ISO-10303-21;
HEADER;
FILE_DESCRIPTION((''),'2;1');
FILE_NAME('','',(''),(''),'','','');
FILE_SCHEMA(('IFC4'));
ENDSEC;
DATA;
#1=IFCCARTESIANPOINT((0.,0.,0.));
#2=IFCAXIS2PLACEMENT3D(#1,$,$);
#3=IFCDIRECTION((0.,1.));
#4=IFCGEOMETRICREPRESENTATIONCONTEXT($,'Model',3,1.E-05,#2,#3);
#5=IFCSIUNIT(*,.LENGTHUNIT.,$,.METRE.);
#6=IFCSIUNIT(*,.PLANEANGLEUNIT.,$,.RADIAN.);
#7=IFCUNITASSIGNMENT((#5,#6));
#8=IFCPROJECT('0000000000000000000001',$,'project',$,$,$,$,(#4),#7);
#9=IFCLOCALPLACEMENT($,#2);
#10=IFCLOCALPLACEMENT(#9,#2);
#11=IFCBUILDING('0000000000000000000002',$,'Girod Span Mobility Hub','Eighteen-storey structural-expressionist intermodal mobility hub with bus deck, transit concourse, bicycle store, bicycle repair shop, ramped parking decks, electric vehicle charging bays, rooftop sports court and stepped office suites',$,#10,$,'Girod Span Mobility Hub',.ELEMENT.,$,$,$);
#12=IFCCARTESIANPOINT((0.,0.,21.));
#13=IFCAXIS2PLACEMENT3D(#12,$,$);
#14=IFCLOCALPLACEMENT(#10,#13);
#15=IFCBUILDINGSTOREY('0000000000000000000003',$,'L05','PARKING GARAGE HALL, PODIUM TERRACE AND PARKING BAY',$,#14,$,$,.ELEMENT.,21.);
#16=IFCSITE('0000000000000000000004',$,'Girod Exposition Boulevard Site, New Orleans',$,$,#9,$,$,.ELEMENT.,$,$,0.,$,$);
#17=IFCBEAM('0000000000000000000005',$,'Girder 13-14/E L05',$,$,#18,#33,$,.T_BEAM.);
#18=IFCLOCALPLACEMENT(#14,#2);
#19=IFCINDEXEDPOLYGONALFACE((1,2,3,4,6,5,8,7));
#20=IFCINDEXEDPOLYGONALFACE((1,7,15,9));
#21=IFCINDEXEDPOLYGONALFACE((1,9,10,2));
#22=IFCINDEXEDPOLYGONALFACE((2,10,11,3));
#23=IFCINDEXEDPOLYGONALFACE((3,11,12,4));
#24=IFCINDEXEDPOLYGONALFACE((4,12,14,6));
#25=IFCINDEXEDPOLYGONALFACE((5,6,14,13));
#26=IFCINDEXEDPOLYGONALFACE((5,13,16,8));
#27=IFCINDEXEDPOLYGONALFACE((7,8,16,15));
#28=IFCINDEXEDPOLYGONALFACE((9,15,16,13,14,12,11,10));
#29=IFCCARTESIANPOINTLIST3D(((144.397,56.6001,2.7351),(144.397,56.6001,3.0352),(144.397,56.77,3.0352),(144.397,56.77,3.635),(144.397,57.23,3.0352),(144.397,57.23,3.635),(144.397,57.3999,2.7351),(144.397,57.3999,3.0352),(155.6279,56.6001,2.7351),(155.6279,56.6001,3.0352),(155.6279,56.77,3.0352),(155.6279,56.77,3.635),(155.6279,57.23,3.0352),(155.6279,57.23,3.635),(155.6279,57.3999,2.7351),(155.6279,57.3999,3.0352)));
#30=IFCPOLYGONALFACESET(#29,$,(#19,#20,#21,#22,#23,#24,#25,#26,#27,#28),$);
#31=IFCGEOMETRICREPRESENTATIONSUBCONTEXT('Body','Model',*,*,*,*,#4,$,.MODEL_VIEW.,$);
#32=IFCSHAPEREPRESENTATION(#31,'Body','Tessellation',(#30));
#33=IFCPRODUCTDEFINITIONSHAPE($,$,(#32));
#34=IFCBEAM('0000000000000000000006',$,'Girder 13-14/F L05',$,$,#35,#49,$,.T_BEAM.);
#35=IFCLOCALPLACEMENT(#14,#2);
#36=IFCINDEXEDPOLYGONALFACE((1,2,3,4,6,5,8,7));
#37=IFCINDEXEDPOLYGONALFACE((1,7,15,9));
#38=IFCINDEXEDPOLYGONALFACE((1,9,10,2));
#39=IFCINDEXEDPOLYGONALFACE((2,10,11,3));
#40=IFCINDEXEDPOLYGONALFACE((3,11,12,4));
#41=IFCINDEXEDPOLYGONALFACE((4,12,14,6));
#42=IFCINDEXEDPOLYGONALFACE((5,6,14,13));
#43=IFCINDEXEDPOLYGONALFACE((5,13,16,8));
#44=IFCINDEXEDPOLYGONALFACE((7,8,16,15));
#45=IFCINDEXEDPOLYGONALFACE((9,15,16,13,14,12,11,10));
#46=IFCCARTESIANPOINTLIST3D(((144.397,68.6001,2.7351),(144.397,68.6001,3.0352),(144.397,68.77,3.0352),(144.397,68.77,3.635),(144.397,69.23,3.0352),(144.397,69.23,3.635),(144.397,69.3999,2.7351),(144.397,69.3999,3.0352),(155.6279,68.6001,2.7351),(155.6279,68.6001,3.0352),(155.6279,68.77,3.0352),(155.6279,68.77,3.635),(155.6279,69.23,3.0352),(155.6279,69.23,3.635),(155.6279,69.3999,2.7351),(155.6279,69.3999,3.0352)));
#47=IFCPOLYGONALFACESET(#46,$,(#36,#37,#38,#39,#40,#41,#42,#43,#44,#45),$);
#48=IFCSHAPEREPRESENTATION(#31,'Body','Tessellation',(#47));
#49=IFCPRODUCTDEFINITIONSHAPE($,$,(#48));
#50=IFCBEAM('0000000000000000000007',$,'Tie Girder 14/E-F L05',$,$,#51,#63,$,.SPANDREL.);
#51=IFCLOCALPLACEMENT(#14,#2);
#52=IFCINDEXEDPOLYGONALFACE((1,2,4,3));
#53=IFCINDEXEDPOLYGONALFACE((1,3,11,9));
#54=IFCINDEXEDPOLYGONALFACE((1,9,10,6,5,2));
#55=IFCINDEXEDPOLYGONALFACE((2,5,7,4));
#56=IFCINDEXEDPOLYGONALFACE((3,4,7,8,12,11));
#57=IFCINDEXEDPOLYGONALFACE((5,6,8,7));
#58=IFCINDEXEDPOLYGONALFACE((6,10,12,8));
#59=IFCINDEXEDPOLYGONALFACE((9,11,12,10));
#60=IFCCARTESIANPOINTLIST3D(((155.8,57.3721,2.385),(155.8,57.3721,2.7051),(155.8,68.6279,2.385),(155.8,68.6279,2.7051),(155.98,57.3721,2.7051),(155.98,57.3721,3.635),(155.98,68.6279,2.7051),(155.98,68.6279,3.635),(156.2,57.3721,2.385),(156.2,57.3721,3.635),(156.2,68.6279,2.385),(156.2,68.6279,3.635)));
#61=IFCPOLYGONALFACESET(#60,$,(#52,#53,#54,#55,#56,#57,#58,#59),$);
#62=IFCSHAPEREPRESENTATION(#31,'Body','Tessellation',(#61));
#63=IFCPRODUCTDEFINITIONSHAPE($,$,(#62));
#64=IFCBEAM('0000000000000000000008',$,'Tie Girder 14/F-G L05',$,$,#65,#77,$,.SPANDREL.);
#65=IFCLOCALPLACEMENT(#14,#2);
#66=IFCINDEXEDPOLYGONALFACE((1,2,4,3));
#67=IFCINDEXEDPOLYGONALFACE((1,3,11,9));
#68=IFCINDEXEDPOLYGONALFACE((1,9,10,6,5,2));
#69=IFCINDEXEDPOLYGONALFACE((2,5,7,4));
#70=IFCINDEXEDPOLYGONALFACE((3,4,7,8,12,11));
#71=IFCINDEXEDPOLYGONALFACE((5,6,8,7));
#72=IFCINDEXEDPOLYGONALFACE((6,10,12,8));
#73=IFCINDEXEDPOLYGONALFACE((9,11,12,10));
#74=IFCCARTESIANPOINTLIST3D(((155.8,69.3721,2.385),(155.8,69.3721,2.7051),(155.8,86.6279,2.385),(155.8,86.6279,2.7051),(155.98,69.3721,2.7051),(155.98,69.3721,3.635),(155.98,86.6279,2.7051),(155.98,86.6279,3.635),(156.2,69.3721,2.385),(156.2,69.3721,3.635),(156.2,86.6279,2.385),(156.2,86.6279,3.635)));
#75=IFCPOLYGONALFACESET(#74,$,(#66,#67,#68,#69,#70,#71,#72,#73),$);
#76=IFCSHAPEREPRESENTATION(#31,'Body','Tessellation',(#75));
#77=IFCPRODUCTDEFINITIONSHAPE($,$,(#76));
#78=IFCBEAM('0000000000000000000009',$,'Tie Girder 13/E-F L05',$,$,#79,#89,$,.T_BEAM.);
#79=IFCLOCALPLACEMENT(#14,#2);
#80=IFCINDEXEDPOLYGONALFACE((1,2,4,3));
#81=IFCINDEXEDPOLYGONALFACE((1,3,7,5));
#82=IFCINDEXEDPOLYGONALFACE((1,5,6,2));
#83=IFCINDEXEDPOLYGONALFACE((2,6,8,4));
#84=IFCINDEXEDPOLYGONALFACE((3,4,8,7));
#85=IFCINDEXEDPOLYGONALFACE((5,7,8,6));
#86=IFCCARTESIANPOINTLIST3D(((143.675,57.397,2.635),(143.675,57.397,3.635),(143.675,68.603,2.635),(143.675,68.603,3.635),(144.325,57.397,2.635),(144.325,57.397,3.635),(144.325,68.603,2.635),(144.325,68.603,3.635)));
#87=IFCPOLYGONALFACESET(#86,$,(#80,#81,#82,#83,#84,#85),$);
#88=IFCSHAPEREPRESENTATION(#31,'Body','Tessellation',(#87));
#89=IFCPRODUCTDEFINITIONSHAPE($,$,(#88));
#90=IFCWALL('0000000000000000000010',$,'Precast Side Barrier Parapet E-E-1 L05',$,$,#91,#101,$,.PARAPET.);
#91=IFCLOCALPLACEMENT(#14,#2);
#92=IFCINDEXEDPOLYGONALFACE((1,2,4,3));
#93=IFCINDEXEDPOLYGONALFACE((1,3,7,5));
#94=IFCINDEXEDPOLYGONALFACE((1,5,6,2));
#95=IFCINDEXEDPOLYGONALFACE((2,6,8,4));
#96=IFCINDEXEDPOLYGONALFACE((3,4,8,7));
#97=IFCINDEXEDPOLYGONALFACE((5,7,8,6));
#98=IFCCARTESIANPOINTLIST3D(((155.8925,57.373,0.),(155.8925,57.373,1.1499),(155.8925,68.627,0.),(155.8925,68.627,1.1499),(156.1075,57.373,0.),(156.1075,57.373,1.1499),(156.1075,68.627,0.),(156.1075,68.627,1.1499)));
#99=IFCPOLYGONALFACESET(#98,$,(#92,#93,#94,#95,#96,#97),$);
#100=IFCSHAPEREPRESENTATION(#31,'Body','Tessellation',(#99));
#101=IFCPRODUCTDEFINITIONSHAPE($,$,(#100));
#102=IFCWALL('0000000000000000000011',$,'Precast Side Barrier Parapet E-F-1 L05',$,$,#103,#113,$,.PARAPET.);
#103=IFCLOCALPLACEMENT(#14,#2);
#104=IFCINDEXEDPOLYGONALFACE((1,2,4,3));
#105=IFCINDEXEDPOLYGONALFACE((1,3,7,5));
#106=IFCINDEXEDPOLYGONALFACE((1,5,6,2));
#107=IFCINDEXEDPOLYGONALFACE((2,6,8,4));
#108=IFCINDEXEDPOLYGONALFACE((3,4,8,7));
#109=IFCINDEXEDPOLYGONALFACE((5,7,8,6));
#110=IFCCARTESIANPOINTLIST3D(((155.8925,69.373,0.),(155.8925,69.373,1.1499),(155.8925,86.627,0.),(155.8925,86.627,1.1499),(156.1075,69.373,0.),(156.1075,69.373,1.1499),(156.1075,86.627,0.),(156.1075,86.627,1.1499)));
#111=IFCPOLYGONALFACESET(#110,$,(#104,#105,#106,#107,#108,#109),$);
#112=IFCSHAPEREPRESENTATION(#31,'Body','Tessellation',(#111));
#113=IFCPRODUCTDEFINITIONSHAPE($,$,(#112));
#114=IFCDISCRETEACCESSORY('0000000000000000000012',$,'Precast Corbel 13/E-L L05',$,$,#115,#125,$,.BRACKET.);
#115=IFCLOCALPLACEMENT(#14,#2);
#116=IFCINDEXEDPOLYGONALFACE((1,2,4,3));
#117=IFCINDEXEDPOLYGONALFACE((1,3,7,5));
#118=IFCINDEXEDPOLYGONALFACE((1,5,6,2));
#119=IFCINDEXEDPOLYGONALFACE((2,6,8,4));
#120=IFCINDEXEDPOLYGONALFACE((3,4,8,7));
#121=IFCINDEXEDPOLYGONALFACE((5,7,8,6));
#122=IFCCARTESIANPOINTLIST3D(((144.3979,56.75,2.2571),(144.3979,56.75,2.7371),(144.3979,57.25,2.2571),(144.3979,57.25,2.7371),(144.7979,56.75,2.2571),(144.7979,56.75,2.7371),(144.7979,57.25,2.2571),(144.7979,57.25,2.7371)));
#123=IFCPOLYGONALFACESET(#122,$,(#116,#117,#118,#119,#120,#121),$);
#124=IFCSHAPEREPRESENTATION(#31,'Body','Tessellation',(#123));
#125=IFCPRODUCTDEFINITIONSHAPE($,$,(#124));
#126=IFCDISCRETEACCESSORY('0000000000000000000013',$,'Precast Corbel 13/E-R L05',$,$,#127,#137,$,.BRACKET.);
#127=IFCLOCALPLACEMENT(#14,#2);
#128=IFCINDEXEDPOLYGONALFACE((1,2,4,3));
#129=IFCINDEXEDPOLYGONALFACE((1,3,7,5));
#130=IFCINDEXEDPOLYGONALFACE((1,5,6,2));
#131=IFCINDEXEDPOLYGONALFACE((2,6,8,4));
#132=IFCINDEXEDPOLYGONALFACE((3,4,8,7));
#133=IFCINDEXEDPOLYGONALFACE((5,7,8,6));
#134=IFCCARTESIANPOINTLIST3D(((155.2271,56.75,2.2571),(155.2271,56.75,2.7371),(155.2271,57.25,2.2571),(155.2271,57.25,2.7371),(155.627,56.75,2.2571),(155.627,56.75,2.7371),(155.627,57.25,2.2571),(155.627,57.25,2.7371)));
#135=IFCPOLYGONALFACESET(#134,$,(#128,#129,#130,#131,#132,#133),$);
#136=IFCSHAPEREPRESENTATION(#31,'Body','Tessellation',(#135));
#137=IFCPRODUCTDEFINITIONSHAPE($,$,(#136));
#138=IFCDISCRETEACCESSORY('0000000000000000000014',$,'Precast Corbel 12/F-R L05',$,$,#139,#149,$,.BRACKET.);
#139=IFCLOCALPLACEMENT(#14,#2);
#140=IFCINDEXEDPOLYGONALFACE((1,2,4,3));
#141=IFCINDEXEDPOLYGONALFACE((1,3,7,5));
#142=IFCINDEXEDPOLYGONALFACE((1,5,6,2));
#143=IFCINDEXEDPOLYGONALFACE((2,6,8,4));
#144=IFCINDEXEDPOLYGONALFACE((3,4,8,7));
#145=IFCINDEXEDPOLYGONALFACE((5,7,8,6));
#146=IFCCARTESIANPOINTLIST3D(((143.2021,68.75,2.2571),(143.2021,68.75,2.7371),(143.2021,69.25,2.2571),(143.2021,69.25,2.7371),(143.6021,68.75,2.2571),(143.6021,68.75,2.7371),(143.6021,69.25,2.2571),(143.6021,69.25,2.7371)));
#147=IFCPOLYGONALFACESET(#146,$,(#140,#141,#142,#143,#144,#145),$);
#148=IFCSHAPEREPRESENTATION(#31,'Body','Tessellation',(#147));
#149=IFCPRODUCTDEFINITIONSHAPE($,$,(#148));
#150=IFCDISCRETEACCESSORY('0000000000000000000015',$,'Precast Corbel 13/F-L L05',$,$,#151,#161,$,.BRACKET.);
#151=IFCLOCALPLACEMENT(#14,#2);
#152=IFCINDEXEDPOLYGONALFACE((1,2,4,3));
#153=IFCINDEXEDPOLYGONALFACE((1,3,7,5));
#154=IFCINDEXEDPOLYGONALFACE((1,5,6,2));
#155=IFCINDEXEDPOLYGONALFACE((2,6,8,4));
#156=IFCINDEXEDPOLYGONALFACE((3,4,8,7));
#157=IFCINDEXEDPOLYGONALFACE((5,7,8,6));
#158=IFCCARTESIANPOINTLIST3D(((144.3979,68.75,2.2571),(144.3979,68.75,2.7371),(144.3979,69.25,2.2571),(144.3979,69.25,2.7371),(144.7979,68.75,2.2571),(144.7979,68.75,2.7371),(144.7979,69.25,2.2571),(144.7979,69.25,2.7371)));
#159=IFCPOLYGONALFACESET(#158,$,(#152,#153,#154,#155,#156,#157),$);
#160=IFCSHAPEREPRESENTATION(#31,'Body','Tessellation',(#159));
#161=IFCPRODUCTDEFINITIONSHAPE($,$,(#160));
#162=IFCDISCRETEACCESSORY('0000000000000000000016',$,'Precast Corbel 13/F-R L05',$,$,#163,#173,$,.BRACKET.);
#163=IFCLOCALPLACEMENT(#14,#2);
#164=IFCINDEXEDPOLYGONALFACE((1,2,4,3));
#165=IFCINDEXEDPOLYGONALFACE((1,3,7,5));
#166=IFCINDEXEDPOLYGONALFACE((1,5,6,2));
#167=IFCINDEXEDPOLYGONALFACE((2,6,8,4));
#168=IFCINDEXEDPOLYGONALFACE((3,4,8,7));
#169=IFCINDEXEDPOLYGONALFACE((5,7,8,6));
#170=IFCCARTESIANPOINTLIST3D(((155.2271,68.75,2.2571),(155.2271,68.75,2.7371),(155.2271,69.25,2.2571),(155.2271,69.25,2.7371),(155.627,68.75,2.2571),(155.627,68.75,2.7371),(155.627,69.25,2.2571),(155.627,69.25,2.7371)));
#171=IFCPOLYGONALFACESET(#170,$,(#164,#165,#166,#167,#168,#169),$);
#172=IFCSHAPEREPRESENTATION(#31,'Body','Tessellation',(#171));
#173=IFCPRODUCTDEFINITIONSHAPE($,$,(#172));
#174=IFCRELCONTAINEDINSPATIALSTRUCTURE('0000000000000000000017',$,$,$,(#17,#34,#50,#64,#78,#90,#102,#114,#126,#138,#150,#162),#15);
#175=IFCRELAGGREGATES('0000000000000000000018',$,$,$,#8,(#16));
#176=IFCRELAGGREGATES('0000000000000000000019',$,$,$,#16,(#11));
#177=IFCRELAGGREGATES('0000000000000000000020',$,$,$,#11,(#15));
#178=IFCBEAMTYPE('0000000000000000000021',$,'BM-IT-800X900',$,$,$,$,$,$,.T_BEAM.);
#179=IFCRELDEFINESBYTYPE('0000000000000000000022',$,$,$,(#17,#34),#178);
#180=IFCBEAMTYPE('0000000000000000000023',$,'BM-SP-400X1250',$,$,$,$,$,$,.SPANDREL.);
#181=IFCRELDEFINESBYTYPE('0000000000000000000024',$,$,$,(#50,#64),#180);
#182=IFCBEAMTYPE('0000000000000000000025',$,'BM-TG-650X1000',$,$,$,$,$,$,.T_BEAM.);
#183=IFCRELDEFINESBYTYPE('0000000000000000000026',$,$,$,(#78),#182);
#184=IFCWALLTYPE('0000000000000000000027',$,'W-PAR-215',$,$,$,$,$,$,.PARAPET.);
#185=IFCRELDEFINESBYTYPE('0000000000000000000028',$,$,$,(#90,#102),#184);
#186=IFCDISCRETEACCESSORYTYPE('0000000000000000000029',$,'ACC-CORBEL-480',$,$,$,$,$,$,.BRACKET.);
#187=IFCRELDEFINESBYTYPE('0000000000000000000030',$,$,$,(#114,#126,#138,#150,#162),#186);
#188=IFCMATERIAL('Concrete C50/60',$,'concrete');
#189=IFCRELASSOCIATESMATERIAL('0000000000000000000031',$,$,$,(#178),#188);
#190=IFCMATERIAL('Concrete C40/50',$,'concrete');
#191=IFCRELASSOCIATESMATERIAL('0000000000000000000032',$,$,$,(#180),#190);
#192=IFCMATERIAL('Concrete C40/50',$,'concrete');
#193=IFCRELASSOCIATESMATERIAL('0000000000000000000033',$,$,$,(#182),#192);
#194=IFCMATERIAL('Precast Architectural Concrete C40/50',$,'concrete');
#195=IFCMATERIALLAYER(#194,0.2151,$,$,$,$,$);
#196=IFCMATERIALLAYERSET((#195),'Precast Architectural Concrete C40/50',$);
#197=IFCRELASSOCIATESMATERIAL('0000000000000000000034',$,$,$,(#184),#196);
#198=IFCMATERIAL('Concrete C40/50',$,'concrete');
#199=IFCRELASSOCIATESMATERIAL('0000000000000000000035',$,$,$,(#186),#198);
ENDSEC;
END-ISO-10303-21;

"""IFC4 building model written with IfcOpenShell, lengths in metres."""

from ifc_helpers import new_model, si_unit, direction, frame, frame_2d, origin, origin_2d, place, context, subcontext, project, spatial, polyline, rectangle, outline, extrude, material, layer, layer_set, material_profile, profile_set, type_object, element, save


model = new_model("IFC4")

# Units and contexts
model_context = context("Model", 3, precision=1e-05, world=origin(), true_north=direction((0.0, 1.0)))
body_context = subcontext(model_context, "Body", "Model", "MODEL_VIEW")
ifc_project = project(units=[si_unit("LENGTHUNIT", "METRE"), si_unit("PLANEANGLEUNIT", "RADIAN")], contexts=[model_context])

# Site, building, storey
site_placement = place(None, origin())
site = spatial("IfcSite", under=ifc_project, at=site_placement, Name="Girod Exposition Boulevard Site, New Orleans", CompositionType="ELEMENT", RefElevation=0.0)
building_placement = place(site_placement, origin())
building = spatial("IfcBuilding", under=site, at=building_placement, Name="Girod Span Mobility Hub", Description="Eighteen-storey structural-expressionist intermodal mobility hub with bus deck, transit concourse, bicycle store, bicycle repair shop, ramped parking decks, electric vehicle charging bays, rooftop sports court and stepped office suites", LongName="Girod Span Mobility Hub", CompositionType="ELEMENT")
storey_placement = place(building_placement, frame((0.0, 0.0, 21.0)))
storey = spatial("IfcBuildingStorey", under=building, at=storey_placement, Name="L05", Description="PARKING GARAGE HALL, PODIUM TERRACE AND PARKING BAY", CompositionType="ELEMENT", Elevation=21.0)

# Beams
ifc_material_1 = material(Name="Concrete C50/60", Category="concrete")
ifc_material_profile_1 = material_profile(ifc_material_1, outline(polyline([(-0.3999, -0.45), (0.3999, -0.45), (0.3999, -0.1499), (0.23, -0.1499), (0.23, 0.45), (-0.23, 0.45), (-0.23, -0.1499), (-0.3999, -0.1499), (-0.3999, -0.45)])), Name="IT-800X900")
ifc_profile_set_1 = profile_set([ifc_material_profile_1], Name="Concrete C50/60")
beam_type_1 = type_object("IfcBeamType", Name="BM-IT-800X900", PredefinedType="T_BEAM", material=ifc_profile_set_1)
for number, where, z_axis, x_axis, name in (
    (1, (144.397, 57.0, 3.1851), (1.0, 0.0, 0.0), (0.0, 1.0, 0.0), "Girder 13-14/E L05"),
    (2, (144.397, 69.0, 3.1851), (1.0, 0.0, 0.0), (0.0, 1.0, 0.0), "Girder 13-14/F L05"),
):
    element("IfcBeam", number, at=place(storey_placement, frame(where, z_axis=z_axis, x_axis=x_axis)), inside=storey, type_object=beam_type_1, Name=name, PredefinedType="T_BEAM", context=body_context, shape_type="SweptSolid", body=[
        extrude(outline(polyline([(-0.3999, -0.45), (0.3999, -0.45), (0.3999, -0.1499), (0.23, -0.1499), (0.23, 0.45), (-0.23, 0.45), (-0.23, -0.1499), (-0.3999, -0.1499), (-0.3999, -0.45)])), origin(), (0.0, 0.0, 1.0), 11.231),
    ])
ifc_material_2 = material(Name="Concrete C40/50", Category="concrete")
ifc_material_profile_2 = material_profile(ifc_material_2, outline(polyline([(-0.2, -0.625), (0.2, -0.625), (0.2, -0.3049), (0.02, -0.3049), (0.02, 0.625), (-0.2, 0.625), (-0.2, -0.625)])), Name="SP-400X1250")
ifc_profile_set_2 = profile_set([ifc_material_profile_2], Name="Concrete C40/50")
beam_type_2 = type_object("IfcBeamType", Name="BM-SP-400X1250", PredefinedType="SPANDREL", material=ifc_profile_set_2)
beam_1_placement = place(storey_placement, frame((156.0, 57.3721, 3.01), z_axis=(0.0, 1.0, 0.0), x_axis=(-1.0, 0.0, 0.0)))
element("IfcBeam", 3, at=beam_1_placement, inside=storey, type_object=beam_type_2, Name="Tie Girder 14/E-F L05", PredefinedType="SPANDREL", context=body_context, shape_type="SweptSolid", body=[
    extrude(outline(polyline([(-0.2, -0.625), (0.2, -0.625), (0.2, -0.3049), (0.02, -0.3049), (0.02, 0.625), (-0.2, 0.625), (-0.2, -0.625)])), origin(), (0.0, 0.0, 1.0), 11.2559),
])
beam_2_placement = place(storey_placement, frame((156.0, 69.3721, 3.01), z_axis=(0.0, 1.0, 0.0), x_axis=(-1.0, 0.0, 0.0)))
element("IfcBeam", 4, at=beam_2_placement, inside=storey, type_object=beam_type_2, Name="Tie Girder 14/F-G L05", PredefinedType="SPANDREL", context=body_context, shape_type="SweptSolid", body=[
    extrude(outline(polyline([(-0.2, -0.625), (0.2, -0.625), (0.2, -0.3049), (0.02, -0.3049), (0.02, 0.625), (-0.2, 0.625), (-0.2, -0.625)])), origin(), (0.0, 0.0, 1.0), 17.2559),
])
ifc_material_3 = material(Name="Concrete C40/50", Category="concrete")
ifc_material_profile_3 = material_profile(ifc_material_3, rectangle(XDim=0.6499, YDim=1.0, at=origin_2d()), Name="TG-650X1000")
ifc_profile_set_3 = profile_set([ifc_material_profile_3], Name="Concrete C40/50")
beam_type_3 = type_object("IfcBeamType", Name="BM-TG-650X1000", PredefinedType="T_BEAM", material=ifc_profile_set_3)
beam_3_placement = place(storey_placement, frame((144.0, 57.397, 3.135), z_axis=(0.0, 1.0, 0.0), x_axis=(-1.0, 0.0, 0.0)))
element("IfcBeam", 5, at=beam_3_placement, inside=storey, type_object=beam_type_3, Name="Tie Girder 13/E-F L05", PredefinedType="T_BEAM", context=body_context, shape_type="SweptSolid", body=[
    extrude(rectangle(XDim=0.6499, YDim=1.0, at=origin_2d()), origin(), (0.0, 0.0, 1.0), 11.2061),
])

# Walls
ifc_material_4 = material(Name="Precast Architectural Concrete C40/50", Category="concrete")
ifc_layer = layer(ifc_material_4, 0.2151)
ifc_layer_set = layer_set([ifc_layer], Name="Precast Architectural Concrete C40/50")
wall_type = type_object("IfcWallType", Name="W-PAR-215", PredefinedType="PARAPET", material=ifc_layer_set)
wall_1_placement = place(storey_placement, frame((156.0, 57.373, 0.0), z_axis=(0.0, 0.0, 1.0), x_axis=(0.0, 1.0, 0.0)))
element("IfcWall", 6, at=wall_1_placement, inside=storey, type_object=wall_type, Name="Precast Side Barrier Parapet E-E-1 L05", PredefinedType="PARAPET", context=body_context, shape_type="SweptSolid", body=[
    extrude(rectangle(XDim=11.2539, YDim=0.2151, at=frame_2d((5.627, 0.0))), origin(), (0.0, 0.0, 1.0), 1.1499),
])
wall_2_placement = place(storey_placement, frame((156.0, 69.373, 0.0), z_axis=(0.0, 0.0, 1.0), x_axis=(0.0, 1.0, 0.0)))
element("IfcWall", 7, at=wall_2_placement, inside=storey, type_object=wall_type, Name="Precast Side Barrier Parapet E-F-1 L05", PredefinedType="PARAPET", context=body_context, shape_type="SweptSolid", body=[
    extrude(rectangle(XDim=17.2539, YDim=0.2151, at=frame_2d((8.627, 0.0))), origin(), (0.0, 0.0, 1.0), 1.1499),
])

# Discrete accessories
ifc_material_5 = material(Name="Concrete C40/50", Category="concrete")
discrete_accessory_type = type_object("IfcDiscreteAccessoryType", Name="ACC-CORBEL-480", PredefinedType="BRACKET", material=ifc_material_5)
for number, where, z_axis, x_axis, name in (
    (8, (144.5979, 57.0, 2.2571), (0.0, 0.0, 1.0), (1.0, 0.0, 0.0), "Precast Corbel 13/E-L L05"),
    (9, (155.427, 57.0, 2.2571), (0.0, 0.0, 1.0), (1.0, 0.0, 0.0), "Precast Corbel 13/E-R L05"),
    (10, (143.4021, 69.0, 2.2571), (0.0, 0.0, 1.0), (1.0, 0.0, 0.0), "Precast Corbel 12/F-R L05"),
    (11, (144.5979, 69.0, 2.2571), (0.0, 0.0, 1.0), (1.0, 0.0, 0.0), "Precast Corbel 13/F-L L05"),
    (12, (155.427, 69.0, 2.2571), (0.0, 0.0, 1.0), (1.0, 0.0, 0.0), "Precast Corbel 13/F-R L05"),
):
    element("IfcDiscreteAccessory", number, at=place(storey_placement, frame(where, z_axis=z_axis, x_axis=x_axis)), inside=storey, type_object=discrete_accessory_type, Name=name, PredefinedType="BRACKET", context=body_context, shape_type="SweptSolid", body=[
        extrude(rectangle(XDim=0.3999, YDim=0.5, at=origin_2d()), origin(), (0.0, 0.0, 1.0), 0.48),
    ])

save(model, "model.ifc")
